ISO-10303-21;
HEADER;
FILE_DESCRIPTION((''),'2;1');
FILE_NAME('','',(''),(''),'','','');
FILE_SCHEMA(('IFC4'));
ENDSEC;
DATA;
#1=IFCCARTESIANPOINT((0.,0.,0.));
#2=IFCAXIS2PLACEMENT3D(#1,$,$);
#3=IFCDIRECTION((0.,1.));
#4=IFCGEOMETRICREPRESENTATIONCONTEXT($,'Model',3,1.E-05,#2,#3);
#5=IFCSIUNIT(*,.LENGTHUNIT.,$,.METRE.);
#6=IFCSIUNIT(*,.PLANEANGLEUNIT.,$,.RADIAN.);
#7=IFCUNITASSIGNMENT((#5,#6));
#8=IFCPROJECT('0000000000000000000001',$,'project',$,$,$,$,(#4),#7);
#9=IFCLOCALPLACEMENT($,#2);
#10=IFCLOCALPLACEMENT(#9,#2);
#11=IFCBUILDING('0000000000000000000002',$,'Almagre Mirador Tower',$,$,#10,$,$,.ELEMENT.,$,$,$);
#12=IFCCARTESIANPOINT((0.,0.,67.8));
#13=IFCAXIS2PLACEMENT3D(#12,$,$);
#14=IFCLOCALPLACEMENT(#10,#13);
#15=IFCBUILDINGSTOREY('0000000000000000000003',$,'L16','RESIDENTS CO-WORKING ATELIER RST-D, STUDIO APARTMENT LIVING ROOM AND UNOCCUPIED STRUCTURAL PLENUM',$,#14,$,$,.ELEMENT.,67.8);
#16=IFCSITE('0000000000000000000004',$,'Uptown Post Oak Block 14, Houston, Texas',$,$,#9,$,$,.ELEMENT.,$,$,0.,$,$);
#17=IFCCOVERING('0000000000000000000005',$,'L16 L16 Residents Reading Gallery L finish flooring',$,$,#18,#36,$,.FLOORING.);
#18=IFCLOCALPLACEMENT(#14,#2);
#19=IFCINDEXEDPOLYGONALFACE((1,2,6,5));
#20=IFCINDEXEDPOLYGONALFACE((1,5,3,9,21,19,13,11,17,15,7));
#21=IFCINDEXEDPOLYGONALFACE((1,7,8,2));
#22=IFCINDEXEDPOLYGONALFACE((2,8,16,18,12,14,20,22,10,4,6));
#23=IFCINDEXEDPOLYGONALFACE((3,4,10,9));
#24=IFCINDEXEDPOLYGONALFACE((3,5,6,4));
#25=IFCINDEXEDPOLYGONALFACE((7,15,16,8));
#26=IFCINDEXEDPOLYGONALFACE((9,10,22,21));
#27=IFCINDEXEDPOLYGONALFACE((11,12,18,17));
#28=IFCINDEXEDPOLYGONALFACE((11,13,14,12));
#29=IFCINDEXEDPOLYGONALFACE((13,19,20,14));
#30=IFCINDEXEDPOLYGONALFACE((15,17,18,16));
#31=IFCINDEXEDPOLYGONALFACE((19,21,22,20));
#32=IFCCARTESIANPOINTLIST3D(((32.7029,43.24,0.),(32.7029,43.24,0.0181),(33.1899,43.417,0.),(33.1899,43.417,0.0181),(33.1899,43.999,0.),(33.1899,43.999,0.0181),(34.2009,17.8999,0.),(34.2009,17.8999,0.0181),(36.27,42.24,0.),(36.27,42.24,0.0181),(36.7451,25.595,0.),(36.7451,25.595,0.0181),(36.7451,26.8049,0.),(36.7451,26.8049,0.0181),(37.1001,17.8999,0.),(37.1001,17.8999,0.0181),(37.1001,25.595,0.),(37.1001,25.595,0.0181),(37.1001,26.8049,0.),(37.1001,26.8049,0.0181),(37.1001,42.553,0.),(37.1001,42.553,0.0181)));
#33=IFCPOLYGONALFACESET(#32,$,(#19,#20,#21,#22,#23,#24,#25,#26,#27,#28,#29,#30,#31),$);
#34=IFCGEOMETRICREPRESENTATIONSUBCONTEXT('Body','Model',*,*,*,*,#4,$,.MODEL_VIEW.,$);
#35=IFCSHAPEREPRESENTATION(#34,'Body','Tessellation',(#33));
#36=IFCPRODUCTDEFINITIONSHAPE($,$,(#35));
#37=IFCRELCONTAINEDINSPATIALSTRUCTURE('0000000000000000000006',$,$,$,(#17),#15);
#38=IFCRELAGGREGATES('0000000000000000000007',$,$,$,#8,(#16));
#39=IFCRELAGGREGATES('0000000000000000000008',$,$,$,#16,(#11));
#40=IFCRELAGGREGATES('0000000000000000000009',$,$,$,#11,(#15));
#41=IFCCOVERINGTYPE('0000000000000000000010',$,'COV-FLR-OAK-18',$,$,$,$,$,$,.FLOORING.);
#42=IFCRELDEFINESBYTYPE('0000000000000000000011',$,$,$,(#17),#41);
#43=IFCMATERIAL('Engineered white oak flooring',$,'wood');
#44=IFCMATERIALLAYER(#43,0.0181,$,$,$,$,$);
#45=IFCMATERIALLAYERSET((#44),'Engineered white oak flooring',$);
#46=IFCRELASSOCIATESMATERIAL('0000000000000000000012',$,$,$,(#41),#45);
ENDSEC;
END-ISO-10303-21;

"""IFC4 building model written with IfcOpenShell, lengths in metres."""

from ifc_helpers import new_model, si_unit, direction, frame, origin, place, context, subcontext, project, spatial, polyline, outline, extrude, material, layer, layer_set, type_object, element, save


model = new_model("IFC4")

# Units and contexts
model_context = context("Model", 3, precision=1e-05, world=origin(), true_north=direction((0.0, 1.0)))
body_context = subcontext(model_context, "Body", "Model", "MODEL_VIEW")
ifc_project = project(units=[si_unit("LENGTHUNIT", "METRE"), si_unit("PLANEANGLEUNIT", "RADIAN")], contexts=[model_context])

# Site, building, storey
site_placement = place(None, origin())
site = spatial("IfcSite", under=ifc_project, at=site_placement, Name="Uptown Post Oak Block 14, Houston, Texas", CompositionType="ELEMENT", RefElevation=0.0)
building_placement = place(site_placement, origin())
building = spatial("IfcBuilding", under=site, at=building_placement, Name="Almagre Mirador Tower", CompositionType="ELEMENT")
storey_placement = place(building_placement, frame((0.0, 0.0, 67.8)))
storey = spatial("IfcBuildingStorey", under=building, at=storey_placement, Name="L16", Description="RESIDENTS CO-WORKING ATELIER RST-D, STUDIO APARTMENT LIVING ROOM AND UNOCCUPIED STRUCTURAL PLENUM", CompositionType="ELEMENT", Elevation=67.8)

# Covering
ifc_material_1 = material(Name="Engineered white oak flooring", Category="wood")
ifc_layer_1 = layer(ifc_material_1, 0.0181)
ifc_layer_set_1 = layer_set([ifc_layer_1], Name="Engineered white oak flooring")
covering_type = type_object("IfcCoveringType", Name="COV-FLR-OAK-18", PredefinedType="FLOORING", material=ifc_layer_set_1)
covering_1_placement = place(storey_placement, origin())
element("IfcCovering", 1, at=covering_1_placement, inside=storey, type_object=covering_type, Name="L16 L16 Residents Reading Gallery L finish flooring", PredefinedType="FLOORING", context=body_context, shape_type="SweptSolid", body=[
    extrude(outline(polyline([(37.1001, 42.553), (37.1001, 26.8049), (36.7451, 26.8049), (36.7451, 25.595), (37.1001, 25.595), (37.1001, 17.8999), (34.2009, 17.8999), (32.7029, 43.24), (33.1899, 43.999), (33.1899, 43.417), (36.27, 42.24), (37.1001, 42.553)])), origin(), (0.0, 0.0, 1.0), 0.0181),
])

save(model, "model.ifc")
